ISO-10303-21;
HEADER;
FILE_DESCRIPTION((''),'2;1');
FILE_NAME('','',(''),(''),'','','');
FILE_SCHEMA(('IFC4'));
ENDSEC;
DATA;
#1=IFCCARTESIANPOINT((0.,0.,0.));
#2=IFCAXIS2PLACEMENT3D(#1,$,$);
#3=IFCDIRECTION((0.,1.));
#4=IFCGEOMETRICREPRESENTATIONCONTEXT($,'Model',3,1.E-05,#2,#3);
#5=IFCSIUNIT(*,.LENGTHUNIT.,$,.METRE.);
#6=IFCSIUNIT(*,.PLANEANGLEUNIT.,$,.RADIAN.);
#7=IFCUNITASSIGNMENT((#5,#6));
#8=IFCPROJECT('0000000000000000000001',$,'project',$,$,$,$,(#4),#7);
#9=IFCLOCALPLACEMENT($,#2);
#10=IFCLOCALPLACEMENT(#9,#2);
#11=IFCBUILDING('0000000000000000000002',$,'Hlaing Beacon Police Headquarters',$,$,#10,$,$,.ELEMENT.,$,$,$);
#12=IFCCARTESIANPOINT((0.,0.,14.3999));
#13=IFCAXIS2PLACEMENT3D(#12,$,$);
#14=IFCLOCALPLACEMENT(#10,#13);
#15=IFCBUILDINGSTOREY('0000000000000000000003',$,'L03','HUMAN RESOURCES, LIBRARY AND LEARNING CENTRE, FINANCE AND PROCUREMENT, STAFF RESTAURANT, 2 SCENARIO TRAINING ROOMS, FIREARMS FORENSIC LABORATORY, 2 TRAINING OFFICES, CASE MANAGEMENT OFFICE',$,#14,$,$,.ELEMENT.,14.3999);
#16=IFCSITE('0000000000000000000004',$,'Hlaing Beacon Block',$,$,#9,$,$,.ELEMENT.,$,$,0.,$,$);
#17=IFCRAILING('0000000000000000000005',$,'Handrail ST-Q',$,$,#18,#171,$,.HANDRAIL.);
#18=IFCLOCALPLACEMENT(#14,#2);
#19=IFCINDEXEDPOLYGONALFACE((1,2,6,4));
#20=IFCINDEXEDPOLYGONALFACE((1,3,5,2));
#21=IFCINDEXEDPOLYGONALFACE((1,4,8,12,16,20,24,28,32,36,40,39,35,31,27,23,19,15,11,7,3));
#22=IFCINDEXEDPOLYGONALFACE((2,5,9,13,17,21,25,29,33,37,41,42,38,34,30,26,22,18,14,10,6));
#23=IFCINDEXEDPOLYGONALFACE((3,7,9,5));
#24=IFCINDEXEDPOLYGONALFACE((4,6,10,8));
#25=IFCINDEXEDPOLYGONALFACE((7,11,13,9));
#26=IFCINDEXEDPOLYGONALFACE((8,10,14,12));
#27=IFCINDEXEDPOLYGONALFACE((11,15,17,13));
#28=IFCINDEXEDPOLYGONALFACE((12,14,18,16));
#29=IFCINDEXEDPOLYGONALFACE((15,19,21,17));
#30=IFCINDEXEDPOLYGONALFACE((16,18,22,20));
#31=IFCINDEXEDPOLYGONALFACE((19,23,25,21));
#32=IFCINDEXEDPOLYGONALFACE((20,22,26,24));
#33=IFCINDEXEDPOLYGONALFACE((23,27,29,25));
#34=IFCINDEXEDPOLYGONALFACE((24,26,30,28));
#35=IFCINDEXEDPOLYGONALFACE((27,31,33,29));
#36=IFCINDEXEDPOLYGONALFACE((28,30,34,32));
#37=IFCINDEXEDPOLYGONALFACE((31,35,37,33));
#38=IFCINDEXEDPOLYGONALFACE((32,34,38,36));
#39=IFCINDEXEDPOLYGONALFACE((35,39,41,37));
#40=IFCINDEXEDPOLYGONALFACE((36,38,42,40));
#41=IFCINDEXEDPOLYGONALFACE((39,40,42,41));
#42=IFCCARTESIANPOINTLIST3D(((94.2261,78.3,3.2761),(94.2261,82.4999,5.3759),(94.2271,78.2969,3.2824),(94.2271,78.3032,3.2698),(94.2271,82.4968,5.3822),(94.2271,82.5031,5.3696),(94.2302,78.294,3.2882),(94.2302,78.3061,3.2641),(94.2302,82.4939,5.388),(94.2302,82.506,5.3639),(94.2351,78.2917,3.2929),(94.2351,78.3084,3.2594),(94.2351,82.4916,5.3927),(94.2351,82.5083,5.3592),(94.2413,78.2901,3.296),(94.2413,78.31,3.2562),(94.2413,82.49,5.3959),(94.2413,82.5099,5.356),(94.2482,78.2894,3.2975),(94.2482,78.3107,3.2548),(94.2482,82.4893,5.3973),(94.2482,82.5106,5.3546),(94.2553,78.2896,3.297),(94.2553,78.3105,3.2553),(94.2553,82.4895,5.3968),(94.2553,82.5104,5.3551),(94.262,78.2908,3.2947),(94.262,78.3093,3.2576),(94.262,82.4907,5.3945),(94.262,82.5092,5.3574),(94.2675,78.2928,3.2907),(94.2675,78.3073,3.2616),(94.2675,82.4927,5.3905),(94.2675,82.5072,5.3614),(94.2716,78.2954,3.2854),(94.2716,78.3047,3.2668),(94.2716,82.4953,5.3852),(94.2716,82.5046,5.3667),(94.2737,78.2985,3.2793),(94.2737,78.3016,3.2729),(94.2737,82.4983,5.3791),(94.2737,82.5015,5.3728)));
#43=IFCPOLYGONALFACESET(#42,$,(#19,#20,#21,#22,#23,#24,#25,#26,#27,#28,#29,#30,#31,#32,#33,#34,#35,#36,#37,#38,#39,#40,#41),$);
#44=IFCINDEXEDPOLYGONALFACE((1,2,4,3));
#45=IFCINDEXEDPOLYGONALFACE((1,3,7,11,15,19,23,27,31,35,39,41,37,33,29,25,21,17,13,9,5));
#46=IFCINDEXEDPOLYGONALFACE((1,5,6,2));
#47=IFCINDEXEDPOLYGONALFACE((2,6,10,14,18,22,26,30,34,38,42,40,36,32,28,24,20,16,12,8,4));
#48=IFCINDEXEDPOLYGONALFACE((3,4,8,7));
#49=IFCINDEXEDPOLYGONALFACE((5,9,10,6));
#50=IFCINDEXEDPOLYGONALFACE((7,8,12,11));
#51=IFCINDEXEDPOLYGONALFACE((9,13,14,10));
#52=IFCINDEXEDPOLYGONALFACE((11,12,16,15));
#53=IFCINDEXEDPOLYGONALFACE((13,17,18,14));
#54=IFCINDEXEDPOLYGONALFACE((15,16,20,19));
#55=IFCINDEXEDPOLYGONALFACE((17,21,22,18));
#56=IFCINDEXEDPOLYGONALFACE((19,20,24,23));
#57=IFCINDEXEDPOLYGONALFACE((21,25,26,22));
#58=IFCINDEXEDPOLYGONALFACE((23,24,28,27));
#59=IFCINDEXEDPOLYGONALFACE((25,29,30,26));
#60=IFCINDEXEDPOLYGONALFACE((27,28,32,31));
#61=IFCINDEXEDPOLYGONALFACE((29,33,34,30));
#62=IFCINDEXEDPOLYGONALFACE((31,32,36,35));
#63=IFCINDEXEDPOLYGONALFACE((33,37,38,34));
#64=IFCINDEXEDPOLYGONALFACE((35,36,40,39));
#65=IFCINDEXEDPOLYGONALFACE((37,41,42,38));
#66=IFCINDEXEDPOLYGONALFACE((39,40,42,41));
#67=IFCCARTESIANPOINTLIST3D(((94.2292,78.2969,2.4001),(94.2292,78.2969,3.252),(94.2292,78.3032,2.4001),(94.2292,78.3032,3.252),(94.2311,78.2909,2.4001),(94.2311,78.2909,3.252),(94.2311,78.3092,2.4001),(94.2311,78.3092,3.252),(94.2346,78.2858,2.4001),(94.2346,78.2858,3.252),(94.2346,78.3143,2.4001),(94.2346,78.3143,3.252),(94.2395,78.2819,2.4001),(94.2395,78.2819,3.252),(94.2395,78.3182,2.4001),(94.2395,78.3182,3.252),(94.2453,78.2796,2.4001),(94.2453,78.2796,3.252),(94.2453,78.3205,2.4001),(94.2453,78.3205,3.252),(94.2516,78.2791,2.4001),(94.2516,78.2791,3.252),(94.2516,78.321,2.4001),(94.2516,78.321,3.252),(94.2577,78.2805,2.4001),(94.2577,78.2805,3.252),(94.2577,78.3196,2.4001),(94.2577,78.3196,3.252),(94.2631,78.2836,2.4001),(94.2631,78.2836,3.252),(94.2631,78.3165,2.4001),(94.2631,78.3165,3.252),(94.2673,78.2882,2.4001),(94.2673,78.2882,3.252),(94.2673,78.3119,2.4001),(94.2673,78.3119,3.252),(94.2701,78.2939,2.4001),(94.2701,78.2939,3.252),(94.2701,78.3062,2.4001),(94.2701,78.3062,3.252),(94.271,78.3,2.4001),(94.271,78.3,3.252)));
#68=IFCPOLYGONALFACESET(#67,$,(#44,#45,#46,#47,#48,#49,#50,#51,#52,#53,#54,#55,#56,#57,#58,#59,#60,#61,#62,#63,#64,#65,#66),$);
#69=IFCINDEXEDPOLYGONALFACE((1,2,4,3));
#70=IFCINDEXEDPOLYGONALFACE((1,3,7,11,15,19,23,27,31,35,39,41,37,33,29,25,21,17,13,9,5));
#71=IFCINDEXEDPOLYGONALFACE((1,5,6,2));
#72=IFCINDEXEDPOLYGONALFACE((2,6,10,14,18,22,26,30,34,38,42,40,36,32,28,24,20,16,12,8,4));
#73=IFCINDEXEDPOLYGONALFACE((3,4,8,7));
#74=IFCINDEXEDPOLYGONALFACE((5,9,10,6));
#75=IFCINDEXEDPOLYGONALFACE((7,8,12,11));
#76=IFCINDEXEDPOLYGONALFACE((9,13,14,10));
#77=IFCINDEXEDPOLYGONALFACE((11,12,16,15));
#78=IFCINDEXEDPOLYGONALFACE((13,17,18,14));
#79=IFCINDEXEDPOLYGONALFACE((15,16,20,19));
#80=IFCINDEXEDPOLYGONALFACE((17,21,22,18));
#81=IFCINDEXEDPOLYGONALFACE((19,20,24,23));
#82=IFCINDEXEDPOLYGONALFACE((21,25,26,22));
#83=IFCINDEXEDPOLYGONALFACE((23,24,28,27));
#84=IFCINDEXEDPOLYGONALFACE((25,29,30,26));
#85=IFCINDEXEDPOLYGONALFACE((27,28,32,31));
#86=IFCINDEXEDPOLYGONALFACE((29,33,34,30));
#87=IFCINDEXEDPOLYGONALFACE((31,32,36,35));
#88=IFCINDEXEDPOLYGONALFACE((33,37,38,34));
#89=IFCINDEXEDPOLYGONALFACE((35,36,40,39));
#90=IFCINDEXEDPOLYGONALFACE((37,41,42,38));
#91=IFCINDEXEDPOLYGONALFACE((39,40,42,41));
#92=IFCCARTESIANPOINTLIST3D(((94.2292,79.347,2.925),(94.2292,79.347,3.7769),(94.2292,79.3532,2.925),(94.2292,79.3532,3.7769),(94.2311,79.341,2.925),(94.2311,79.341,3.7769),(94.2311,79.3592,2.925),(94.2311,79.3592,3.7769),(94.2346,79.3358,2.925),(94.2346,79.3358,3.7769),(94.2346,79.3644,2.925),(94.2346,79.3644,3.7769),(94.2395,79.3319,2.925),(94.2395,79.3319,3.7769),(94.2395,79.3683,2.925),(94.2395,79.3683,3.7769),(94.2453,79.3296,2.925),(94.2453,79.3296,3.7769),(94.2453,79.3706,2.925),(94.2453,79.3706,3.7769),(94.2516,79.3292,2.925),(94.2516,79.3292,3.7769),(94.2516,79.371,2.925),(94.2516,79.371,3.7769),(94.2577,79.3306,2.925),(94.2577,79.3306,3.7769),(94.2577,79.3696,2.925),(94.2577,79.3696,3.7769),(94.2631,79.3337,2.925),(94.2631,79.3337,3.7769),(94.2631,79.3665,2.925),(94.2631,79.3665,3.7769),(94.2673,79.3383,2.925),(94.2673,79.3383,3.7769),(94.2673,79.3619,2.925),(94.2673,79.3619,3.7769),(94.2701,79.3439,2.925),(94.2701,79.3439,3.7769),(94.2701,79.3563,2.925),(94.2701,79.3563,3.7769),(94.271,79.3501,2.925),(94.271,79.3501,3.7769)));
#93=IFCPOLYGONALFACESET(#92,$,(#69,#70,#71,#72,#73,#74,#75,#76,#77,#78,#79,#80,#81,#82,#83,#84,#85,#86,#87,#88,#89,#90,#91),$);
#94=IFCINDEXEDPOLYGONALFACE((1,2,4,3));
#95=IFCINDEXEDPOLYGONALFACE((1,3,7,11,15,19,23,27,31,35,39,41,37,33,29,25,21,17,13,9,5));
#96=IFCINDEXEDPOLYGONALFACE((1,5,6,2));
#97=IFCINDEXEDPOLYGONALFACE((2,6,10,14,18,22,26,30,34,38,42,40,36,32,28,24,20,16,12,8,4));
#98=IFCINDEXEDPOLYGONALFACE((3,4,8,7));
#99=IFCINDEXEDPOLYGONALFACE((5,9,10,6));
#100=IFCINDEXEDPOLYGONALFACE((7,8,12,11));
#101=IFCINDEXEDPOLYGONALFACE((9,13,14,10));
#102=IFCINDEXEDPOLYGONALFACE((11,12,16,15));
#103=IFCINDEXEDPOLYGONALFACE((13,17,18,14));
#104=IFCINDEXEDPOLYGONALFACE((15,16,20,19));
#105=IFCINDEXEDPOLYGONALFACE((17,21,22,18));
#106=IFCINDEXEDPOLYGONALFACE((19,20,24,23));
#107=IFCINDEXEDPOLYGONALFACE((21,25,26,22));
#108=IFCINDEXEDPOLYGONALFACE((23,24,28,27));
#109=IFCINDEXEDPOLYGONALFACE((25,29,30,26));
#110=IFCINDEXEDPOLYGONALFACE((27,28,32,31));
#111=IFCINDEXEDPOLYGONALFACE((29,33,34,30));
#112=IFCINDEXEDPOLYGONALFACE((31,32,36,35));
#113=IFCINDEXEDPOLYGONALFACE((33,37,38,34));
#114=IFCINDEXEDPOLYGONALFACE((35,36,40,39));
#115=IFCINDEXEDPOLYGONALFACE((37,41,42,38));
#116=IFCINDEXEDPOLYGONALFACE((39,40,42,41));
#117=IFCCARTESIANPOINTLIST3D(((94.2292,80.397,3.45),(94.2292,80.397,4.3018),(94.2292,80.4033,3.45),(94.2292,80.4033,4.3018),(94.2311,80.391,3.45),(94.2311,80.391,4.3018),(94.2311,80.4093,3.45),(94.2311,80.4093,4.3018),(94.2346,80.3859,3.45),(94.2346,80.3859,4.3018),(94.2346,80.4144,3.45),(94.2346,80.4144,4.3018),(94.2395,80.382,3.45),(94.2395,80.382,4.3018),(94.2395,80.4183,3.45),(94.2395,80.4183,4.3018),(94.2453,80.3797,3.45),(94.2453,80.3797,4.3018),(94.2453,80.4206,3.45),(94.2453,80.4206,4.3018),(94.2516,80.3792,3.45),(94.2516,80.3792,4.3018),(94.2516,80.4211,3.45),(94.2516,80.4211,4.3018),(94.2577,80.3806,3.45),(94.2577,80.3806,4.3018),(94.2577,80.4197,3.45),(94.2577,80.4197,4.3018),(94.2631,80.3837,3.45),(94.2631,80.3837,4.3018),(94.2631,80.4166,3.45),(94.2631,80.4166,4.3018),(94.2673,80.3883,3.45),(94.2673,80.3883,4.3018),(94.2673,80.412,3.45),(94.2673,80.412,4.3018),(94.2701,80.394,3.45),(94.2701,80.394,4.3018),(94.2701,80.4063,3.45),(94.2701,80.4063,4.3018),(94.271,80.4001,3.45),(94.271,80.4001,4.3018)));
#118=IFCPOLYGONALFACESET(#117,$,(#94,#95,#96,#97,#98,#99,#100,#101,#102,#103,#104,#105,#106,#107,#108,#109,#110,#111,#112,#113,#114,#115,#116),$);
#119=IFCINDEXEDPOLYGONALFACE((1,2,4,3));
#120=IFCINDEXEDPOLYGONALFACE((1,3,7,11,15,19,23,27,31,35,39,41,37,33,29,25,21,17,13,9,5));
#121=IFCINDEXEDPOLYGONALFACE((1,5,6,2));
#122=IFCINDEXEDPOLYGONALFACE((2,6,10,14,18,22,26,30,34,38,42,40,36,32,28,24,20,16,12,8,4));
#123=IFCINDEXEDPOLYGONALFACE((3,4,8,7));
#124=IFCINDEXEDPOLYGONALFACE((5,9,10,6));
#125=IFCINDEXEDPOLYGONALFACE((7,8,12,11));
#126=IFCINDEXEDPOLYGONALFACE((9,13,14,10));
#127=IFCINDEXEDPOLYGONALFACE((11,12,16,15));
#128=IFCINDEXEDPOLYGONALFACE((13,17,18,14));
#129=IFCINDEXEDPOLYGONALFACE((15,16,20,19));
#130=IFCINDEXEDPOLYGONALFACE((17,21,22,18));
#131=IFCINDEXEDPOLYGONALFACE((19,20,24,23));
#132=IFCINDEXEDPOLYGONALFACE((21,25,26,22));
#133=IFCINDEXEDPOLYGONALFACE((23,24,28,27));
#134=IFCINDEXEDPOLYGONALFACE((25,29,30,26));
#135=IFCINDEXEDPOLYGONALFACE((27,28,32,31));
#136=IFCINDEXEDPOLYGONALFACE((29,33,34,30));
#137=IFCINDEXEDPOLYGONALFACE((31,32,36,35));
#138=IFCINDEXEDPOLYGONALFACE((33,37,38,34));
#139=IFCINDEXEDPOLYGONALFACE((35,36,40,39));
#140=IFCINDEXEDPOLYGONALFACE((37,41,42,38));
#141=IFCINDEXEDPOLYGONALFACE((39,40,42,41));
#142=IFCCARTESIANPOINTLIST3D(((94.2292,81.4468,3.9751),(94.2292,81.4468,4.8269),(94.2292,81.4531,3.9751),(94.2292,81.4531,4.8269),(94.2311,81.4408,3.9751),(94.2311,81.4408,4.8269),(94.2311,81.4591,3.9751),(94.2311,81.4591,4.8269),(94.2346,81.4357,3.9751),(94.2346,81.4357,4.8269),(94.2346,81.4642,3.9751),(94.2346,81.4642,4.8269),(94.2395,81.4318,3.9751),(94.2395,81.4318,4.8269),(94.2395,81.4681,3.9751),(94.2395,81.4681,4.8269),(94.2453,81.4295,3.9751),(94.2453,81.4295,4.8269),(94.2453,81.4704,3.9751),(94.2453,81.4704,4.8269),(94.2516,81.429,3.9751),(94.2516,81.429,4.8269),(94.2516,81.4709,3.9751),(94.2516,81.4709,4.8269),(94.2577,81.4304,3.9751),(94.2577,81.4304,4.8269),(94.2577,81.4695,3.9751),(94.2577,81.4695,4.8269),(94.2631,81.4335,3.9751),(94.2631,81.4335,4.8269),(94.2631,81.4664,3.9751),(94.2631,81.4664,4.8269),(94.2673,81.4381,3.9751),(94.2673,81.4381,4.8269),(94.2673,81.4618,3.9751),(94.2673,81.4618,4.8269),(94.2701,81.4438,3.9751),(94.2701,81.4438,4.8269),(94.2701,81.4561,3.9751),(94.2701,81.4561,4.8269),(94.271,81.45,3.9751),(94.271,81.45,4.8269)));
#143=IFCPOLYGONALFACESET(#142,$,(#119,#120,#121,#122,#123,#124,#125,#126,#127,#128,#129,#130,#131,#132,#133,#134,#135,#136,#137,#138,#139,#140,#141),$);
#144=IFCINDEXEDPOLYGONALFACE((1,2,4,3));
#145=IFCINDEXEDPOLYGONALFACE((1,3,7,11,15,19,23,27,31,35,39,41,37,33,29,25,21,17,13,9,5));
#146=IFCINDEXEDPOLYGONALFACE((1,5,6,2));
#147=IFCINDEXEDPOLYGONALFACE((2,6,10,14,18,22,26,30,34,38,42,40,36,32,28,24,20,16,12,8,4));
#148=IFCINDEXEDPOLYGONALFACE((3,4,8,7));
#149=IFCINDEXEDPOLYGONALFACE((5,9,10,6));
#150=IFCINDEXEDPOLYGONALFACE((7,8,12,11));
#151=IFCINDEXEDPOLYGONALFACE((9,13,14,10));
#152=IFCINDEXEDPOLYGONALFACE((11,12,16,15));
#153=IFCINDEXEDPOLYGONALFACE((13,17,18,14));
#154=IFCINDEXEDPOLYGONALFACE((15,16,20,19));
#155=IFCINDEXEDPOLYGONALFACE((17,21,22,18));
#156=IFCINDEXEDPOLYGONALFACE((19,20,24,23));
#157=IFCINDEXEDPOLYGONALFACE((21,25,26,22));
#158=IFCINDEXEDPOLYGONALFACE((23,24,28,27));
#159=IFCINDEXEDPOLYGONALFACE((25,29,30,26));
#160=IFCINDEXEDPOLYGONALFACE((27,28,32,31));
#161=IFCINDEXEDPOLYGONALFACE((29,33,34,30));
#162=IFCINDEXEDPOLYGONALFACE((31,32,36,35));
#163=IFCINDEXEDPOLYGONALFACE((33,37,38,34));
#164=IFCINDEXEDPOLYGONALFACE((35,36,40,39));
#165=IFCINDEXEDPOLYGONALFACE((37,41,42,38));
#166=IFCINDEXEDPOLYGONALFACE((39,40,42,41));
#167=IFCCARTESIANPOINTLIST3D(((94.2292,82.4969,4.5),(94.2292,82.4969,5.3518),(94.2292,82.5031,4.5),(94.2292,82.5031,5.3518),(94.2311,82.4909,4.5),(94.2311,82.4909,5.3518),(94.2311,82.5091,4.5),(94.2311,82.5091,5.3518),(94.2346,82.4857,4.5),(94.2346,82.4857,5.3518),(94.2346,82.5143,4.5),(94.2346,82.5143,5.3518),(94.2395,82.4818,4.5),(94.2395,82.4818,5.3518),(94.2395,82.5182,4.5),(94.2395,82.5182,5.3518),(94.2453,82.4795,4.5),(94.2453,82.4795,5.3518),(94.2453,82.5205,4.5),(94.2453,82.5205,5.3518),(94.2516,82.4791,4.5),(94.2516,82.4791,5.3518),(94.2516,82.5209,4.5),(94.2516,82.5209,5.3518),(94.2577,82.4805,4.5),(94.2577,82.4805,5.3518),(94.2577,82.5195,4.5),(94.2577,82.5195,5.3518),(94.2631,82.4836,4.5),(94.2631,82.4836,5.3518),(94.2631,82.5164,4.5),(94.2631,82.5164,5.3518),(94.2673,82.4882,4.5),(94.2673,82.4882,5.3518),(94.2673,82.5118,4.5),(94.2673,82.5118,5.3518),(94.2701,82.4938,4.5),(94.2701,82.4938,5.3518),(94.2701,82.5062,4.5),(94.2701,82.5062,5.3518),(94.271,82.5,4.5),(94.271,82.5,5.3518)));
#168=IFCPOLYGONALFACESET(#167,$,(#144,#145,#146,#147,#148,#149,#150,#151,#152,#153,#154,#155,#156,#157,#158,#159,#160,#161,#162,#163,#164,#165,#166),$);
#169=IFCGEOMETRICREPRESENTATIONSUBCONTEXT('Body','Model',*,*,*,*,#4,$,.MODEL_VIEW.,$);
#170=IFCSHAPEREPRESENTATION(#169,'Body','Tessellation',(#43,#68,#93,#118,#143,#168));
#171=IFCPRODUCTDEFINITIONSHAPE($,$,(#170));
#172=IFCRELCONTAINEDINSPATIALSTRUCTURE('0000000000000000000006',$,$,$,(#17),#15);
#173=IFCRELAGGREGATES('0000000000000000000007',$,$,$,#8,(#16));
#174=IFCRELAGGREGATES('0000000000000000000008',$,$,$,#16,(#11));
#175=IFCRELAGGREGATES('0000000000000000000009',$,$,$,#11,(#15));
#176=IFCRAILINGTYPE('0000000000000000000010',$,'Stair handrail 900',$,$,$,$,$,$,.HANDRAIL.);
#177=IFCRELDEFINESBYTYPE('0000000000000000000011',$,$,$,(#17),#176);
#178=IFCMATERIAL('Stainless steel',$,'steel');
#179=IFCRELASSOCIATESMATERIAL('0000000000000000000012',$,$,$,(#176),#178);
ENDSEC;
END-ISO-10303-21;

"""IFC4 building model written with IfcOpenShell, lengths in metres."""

from ifc_helpers import new_model, si_unit, direction, frame, origin, origin_2d, place, context, subcontext, project, spatial, circle, extrude, material, type_object, element, save


model = new_model("IFC4")

# Units and contexts
model_context = context("Model", 3, precision=1e-05, world=origin(), true_north=direction((0.0, 1.0)))
body_context = subcontext(model_context, "Body", "Model", "MODEL_VIEW")
ifc_project = project(units=[si_unit("LENGTHUNIT", "METRE"), si_unit("PLANEANGLEUNIT", "RADIAN")], contexts=[model_context])

# Site, building, storey
site_placement = place(None, origin())
site = spatial("IfcSite", under=ifc_project, at=site_placement, Name="Hlaing Beacon Block", CompositionType="ELEMENT", RefElevation=0.0)
building_placement = place(site_placement, origin())
building = spatial("IfcBuilding", under=site, at=building_placement, Name="Hlaing Beacon Police Headquarters", CompositionType="ELEMENT")
storey_placement = place(building_placement, frame((0.0, 0.0, 14.3999)))
storey = spatial("IfcBuildingStorey", under=building, at=storey_placement, Name="L03", Description="HUMAN RESOURCES, LIBRARY AND LEARNING CENTRE, FINANCE AND PROCUREMENT, STAFF RESTAURANT, 2 SCENARIO TRAINING ROOMS, FIREARMS FORENSIC LABORATORY, 2 TRAINING OFFICES, CASE MANAGEMENT OFFICE", CompositionType="ELEMENT", Elevation=14.3999)

# Railing
ifc_material_1 = material(Name="Stainless steel", Category="steel")
railing_type_1 = type_object("IfcRailingType", Name="Stair handrail 900", PredefinedType="HANDRAIL", material=ifc_material_1)
railing_1_placement = place(storey_placement, frame((94.25, 78.3, 2.4001)))
element("IfcRailing", 1, at=railing_1_placement, inside=storey, type_object=railing_type_1, Name="Handrail ST-Q", PredefinedType="HANDRAIL", context=body_context, shape_type="SweptSolid", body=[
    extrude(circle(Radius=0.0239, at=origin_2d()), frame((0.0, 0.0, 0.876), z_axis=(0.0, 0.894438, 0.447193), x_axis=(-1.0, 0.0, 0.0)), (0.0, 0.0, 1.0), 4.6956),
    extrude(circle(Radius=0.021, at=origin_2d()), origin(), (0.0, 0.0, 1.0), 0.8518),
    extrude(circle(Radius=0.021, at=origin_2d()), frame((0.0, 1.05, 0.5249)), (0.0, 0.0, 1.0), 0.8518),
    extrude(circle(Radius=0.021, at=origin_2d()), frame((0.0, 2.1001, 1.0498)), (0.0, 0.0, 1.0), 0.8518),
    extrude(circle(Radius=0.021, at=origin_2d()), frame((0.0, 3.1499, 1.575)), (0.0, 0.0, 1.0), 0.8518),
    extrude(circle(Radius=0.021, at=origin_2d()), frame((0.0, 4.2, 2.0999)), (0.0, 0.0, 1.0), 0.8518),
])

save(model, "model.ifc")
